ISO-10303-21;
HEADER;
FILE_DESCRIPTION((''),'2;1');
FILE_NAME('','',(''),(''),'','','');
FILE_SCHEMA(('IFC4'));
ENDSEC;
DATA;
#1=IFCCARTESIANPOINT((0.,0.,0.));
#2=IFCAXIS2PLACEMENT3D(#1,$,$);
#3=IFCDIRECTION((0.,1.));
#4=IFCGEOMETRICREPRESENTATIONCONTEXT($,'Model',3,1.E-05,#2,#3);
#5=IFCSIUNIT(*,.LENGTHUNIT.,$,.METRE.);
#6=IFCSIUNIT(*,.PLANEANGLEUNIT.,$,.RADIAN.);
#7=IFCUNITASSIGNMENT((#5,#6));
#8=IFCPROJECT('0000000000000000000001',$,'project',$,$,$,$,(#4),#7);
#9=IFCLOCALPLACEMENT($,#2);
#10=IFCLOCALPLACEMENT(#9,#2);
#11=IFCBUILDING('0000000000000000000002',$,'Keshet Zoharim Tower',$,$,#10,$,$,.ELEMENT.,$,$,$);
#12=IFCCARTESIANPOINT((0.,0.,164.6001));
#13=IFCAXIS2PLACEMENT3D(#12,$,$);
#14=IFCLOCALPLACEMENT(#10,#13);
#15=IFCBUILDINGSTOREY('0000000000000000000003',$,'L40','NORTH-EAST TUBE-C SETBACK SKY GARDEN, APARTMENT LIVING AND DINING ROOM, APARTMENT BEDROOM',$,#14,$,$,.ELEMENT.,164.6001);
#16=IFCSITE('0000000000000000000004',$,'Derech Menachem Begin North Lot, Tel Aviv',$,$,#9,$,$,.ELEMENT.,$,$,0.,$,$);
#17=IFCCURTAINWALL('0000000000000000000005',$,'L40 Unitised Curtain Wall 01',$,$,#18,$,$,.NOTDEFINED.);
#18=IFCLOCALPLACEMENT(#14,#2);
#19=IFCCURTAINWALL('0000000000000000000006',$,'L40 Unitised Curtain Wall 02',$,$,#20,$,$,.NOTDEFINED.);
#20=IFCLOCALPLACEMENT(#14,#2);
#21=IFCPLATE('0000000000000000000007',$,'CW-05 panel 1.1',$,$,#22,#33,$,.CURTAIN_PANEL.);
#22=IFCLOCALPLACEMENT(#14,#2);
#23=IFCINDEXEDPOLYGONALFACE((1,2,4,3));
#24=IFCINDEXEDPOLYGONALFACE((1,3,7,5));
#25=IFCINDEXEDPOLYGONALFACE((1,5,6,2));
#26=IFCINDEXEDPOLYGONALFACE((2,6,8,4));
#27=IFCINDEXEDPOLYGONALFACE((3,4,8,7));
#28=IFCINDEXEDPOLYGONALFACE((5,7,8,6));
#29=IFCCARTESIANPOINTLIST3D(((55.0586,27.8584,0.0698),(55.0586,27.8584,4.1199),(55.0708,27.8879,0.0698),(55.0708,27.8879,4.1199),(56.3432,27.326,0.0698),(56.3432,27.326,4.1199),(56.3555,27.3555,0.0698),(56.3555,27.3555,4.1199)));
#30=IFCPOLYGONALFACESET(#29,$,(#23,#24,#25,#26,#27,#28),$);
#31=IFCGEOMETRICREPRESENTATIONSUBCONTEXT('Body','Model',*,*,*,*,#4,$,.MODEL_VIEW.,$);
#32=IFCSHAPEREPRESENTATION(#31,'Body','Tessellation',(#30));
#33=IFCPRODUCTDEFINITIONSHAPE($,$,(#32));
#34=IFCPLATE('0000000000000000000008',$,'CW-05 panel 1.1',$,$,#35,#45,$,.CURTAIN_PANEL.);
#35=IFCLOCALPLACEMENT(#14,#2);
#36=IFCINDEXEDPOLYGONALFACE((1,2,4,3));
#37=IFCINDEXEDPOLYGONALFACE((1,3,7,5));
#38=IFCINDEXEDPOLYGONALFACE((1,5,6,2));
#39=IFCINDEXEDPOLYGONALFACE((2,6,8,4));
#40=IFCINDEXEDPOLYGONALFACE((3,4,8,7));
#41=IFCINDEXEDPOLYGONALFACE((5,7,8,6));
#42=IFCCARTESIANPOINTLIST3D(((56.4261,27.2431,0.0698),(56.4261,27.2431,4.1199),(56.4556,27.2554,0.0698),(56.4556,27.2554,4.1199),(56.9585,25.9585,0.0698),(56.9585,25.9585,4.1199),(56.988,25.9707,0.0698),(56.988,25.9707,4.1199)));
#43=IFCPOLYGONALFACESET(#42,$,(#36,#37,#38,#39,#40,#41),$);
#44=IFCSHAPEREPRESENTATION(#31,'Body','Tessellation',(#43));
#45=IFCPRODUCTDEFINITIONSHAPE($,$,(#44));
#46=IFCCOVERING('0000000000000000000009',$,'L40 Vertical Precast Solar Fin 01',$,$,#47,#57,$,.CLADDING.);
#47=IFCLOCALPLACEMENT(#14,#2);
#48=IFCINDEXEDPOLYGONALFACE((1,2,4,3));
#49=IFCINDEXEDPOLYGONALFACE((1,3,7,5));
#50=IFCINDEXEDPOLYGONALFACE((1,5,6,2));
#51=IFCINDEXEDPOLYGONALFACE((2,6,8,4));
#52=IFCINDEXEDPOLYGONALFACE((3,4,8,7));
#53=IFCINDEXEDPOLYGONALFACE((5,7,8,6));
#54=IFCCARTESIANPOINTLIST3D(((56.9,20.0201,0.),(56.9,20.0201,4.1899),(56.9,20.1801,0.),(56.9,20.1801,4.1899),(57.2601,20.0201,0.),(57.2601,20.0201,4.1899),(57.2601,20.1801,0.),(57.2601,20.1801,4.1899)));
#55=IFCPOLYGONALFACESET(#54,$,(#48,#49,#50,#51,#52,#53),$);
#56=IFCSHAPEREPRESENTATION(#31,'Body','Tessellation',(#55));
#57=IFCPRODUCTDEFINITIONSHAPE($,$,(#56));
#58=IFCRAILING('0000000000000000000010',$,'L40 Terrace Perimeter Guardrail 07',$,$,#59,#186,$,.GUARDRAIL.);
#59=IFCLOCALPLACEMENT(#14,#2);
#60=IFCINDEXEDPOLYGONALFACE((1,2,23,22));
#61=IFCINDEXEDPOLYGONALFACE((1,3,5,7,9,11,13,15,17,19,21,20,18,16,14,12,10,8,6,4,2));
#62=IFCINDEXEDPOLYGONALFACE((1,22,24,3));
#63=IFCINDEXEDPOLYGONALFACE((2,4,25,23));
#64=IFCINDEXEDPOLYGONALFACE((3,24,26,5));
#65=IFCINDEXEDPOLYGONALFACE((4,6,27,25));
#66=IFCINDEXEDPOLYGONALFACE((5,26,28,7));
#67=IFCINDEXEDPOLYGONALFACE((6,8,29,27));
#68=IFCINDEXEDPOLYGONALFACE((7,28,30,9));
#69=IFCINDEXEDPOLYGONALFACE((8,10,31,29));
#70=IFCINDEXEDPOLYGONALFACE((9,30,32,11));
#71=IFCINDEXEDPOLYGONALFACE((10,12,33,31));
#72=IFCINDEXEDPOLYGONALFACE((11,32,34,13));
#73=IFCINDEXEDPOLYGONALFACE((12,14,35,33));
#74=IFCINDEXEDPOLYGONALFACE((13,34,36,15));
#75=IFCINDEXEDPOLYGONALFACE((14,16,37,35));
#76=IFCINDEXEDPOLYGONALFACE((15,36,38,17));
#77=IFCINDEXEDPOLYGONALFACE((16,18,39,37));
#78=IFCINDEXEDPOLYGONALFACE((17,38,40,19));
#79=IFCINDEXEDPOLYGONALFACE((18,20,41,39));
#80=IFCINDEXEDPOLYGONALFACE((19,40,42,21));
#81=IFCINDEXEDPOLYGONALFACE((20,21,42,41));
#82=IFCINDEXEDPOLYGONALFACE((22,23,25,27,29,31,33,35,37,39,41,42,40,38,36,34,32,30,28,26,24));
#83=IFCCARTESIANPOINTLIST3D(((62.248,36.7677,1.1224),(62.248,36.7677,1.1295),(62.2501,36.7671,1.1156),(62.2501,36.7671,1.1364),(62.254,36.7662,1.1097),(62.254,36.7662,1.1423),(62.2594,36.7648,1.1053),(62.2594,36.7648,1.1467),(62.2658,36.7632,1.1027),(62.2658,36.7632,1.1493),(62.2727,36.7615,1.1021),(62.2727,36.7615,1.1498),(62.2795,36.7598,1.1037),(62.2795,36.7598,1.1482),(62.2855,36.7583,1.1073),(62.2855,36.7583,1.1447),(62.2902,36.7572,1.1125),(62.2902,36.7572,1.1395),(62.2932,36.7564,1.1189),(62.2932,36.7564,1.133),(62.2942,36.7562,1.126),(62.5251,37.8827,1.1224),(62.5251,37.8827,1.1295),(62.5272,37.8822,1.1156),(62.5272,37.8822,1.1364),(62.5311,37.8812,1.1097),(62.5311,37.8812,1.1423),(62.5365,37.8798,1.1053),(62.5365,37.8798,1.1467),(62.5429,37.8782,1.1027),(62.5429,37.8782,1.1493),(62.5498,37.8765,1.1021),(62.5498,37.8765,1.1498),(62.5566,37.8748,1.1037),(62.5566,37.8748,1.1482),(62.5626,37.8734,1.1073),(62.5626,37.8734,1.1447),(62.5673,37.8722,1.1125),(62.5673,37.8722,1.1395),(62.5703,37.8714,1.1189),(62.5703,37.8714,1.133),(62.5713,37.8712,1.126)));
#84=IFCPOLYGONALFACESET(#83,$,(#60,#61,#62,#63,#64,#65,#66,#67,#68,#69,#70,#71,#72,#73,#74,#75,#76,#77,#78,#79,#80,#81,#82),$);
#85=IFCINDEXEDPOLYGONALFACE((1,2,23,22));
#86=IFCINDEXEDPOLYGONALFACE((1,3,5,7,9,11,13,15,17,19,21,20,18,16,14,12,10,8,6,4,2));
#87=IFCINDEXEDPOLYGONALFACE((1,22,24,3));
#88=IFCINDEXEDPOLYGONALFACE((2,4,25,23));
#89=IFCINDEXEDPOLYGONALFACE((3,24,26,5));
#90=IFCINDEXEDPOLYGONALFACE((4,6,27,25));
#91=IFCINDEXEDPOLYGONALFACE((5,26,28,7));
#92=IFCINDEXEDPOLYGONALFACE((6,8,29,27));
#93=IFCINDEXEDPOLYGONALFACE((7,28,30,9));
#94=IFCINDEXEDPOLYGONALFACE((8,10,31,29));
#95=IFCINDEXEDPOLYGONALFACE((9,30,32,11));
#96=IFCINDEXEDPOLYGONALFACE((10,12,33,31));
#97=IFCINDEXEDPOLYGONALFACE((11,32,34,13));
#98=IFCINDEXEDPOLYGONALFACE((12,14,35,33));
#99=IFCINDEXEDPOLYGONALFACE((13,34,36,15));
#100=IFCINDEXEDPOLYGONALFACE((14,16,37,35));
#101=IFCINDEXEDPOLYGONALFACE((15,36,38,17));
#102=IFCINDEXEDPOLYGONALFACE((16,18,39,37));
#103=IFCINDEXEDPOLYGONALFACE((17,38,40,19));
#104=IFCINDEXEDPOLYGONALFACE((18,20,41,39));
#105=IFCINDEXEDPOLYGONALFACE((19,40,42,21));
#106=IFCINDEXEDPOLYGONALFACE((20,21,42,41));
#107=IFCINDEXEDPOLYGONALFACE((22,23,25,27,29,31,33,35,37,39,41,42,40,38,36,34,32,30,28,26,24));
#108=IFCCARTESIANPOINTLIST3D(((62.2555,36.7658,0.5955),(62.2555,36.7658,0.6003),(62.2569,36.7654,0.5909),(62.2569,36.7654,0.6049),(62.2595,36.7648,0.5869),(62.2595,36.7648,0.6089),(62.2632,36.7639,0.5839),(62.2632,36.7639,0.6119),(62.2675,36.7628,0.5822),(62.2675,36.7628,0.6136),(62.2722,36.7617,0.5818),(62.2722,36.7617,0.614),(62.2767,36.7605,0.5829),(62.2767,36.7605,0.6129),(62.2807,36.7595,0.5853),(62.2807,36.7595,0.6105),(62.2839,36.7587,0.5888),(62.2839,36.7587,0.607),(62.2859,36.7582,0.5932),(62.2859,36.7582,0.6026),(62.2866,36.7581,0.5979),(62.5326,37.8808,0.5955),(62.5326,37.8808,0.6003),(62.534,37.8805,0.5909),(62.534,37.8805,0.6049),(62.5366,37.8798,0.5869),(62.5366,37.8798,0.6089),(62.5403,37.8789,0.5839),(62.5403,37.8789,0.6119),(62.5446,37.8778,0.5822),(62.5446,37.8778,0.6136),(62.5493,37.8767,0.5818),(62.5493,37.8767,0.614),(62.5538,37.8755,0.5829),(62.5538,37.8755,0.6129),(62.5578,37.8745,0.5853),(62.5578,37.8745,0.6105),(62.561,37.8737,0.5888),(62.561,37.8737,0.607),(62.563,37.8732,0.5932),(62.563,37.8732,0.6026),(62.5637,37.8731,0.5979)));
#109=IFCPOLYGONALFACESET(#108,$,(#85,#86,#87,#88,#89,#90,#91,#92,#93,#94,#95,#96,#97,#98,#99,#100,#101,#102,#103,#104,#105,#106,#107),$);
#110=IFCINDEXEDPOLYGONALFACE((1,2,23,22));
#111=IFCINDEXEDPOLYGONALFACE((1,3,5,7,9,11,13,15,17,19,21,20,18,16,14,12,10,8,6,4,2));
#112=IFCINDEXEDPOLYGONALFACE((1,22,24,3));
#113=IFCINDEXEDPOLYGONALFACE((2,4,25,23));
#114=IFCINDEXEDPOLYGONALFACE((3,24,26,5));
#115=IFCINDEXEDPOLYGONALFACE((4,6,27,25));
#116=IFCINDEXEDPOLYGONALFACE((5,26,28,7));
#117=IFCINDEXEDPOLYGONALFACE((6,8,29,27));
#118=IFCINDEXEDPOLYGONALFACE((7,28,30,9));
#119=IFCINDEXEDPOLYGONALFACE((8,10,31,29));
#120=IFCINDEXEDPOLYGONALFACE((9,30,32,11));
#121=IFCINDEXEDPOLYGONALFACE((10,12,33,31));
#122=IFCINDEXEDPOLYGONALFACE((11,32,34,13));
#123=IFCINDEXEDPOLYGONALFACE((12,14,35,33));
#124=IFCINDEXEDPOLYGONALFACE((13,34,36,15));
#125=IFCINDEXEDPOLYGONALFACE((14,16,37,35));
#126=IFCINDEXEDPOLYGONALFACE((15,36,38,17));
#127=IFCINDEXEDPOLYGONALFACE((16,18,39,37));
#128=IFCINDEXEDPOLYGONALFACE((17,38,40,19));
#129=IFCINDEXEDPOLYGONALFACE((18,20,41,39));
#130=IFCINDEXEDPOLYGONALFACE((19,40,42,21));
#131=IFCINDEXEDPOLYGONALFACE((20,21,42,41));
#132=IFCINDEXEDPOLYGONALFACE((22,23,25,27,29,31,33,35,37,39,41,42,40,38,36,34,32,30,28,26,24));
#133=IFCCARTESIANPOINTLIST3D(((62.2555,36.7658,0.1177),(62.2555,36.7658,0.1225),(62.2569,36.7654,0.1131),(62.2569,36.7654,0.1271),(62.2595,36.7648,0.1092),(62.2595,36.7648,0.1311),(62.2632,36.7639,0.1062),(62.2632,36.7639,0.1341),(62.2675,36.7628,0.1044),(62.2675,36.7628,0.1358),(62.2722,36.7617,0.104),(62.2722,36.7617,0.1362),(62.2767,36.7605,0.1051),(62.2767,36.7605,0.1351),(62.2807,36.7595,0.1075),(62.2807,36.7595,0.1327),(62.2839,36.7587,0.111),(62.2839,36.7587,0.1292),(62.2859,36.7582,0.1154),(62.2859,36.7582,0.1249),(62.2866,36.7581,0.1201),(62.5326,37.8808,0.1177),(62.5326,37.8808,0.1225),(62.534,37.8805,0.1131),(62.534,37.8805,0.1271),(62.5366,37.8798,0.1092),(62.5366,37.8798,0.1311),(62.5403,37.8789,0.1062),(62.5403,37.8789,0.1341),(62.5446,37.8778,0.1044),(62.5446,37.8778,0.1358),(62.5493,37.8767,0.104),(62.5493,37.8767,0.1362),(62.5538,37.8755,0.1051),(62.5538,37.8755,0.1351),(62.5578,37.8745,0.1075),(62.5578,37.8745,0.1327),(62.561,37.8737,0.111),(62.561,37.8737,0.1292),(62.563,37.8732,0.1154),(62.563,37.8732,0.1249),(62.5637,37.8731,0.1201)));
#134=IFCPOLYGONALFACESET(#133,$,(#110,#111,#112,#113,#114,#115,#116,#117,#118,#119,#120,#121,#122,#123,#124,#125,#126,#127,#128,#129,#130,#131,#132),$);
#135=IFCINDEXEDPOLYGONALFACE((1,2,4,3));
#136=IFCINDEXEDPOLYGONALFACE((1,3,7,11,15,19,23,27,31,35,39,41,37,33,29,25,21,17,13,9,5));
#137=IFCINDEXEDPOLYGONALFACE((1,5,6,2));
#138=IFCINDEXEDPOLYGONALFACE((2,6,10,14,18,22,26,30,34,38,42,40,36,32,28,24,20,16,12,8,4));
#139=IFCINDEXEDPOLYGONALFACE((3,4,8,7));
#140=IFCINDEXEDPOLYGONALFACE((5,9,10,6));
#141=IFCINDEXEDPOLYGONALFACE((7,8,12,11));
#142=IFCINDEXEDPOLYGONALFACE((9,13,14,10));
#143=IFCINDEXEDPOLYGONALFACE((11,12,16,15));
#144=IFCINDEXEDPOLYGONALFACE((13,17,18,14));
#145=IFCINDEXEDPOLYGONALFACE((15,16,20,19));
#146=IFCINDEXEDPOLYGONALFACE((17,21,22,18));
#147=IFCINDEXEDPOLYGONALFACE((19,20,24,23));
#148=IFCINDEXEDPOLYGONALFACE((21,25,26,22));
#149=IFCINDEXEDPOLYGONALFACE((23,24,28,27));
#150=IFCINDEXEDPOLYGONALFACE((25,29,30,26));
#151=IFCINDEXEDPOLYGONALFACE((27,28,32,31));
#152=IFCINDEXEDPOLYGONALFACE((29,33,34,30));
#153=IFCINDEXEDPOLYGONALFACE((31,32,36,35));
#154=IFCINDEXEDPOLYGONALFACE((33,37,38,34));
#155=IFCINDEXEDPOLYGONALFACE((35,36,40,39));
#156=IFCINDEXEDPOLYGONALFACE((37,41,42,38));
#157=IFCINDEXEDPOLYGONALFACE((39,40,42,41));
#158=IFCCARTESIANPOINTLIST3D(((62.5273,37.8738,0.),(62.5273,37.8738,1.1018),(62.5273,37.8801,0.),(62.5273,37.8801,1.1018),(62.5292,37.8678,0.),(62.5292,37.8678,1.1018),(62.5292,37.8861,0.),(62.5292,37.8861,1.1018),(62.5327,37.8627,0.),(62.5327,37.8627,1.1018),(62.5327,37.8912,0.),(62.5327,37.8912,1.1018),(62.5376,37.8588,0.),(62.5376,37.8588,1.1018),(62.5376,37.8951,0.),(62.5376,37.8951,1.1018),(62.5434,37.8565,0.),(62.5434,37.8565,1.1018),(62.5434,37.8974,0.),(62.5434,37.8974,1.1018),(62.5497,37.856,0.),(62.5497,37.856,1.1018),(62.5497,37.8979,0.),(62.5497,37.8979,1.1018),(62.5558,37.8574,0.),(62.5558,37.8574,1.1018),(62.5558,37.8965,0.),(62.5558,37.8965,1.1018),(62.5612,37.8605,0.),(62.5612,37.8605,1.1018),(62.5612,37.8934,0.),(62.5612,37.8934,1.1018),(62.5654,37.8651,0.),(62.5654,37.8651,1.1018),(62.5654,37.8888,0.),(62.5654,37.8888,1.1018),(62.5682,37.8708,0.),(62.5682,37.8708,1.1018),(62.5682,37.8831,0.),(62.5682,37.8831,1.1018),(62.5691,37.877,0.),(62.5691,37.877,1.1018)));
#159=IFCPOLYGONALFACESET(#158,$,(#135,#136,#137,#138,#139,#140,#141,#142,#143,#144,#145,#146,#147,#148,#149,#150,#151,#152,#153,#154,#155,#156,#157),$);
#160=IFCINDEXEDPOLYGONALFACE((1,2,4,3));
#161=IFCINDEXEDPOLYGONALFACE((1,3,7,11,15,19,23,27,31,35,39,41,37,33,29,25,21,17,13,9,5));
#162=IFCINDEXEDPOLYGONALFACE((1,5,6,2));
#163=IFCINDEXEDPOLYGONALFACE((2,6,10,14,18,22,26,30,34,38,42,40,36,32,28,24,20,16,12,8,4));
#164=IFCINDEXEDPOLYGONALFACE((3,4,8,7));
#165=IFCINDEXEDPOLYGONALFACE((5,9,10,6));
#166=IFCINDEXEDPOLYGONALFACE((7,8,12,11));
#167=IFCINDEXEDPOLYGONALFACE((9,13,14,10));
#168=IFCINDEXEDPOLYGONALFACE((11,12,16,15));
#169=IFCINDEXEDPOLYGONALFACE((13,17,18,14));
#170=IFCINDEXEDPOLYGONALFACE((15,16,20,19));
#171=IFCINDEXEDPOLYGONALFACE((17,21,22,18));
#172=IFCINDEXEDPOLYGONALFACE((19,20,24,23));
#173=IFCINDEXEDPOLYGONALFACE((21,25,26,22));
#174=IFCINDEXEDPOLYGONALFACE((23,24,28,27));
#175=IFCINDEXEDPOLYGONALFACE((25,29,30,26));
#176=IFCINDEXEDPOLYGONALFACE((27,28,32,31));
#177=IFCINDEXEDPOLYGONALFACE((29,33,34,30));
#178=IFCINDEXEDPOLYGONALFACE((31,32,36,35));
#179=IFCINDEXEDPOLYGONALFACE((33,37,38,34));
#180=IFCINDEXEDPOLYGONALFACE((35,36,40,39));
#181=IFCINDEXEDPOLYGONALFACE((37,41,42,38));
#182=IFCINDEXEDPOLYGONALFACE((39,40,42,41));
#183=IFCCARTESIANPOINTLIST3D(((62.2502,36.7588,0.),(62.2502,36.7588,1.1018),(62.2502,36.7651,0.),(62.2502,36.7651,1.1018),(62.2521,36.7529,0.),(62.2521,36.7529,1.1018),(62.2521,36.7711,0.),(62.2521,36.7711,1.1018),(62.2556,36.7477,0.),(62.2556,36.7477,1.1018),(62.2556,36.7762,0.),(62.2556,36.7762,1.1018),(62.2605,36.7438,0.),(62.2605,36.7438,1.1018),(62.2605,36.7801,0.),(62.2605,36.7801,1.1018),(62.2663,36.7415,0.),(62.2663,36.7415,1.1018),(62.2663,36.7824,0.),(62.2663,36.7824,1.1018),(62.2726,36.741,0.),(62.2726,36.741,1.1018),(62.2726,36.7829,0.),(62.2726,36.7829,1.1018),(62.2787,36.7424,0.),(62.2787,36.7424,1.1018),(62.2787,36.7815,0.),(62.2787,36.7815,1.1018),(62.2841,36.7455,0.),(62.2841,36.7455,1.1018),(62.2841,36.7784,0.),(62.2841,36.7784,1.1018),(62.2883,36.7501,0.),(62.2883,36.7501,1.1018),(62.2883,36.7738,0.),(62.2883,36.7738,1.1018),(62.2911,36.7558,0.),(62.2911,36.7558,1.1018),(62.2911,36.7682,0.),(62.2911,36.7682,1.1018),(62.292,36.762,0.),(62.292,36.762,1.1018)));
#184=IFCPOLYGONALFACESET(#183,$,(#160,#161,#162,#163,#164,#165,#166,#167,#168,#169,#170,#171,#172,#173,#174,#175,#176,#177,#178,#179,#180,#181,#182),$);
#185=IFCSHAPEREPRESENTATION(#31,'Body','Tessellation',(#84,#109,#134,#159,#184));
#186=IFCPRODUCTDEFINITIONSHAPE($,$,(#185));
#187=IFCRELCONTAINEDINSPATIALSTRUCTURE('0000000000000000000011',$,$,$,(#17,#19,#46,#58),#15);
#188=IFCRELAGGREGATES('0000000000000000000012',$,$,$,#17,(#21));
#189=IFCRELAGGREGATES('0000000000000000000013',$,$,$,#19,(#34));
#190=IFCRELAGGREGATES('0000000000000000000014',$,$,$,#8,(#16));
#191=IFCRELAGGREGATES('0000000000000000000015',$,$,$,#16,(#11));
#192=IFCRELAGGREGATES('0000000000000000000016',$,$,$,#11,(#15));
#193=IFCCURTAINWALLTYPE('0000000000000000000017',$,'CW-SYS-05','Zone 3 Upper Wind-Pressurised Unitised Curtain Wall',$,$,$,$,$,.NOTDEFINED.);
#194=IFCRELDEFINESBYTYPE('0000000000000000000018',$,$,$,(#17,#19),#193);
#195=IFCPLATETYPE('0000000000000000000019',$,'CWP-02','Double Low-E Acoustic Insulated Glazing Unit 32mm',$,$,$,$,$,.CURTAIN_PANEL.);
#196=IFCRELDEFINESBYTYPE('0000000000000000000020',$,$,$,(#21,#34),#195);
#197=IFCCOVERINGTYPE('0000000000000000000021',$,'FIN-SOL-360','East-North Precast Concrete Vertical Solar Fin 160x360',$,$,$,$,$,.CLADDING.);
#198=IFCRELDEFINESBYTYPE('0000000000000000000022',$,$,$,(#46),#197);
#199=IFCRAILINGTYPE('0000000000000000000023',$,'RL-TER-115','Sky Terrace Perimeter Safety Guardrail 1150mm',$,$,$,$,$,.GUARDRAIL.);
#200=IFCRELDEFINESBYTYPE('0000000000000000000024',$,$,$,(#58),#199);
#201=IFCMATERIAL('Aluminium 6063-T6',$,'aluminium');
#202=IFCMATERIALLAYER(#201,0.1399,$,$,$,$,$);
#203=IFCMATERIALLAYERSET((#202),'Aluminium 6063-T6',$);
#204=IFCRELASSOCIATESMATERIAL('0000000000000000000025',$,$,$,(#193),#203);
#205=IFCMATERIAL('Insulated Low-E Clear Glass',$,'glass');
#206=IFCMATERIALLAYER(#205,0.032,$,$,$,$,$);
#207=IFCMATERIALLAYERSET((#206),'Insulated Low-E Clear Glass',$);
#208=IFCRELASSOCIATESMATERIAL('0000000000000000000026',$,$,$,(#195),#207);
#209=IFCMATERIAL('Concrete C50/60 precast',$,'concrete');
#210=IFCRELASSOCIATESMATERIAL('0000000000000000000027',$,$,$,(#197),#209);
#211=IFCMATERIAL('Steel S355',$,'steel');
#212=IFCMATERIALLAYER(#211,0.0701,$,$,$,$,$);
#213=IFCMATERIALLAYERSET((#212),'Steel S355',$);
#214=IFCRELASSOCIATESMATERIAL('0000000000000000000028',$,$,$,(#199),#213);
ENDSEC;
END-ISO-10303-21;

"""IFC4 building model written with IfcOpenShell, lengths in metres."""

from ifc_helpers import new_model, si_unit, direction, frame, origin, origin_2d, place, context, subcontext, project, spatial, rectangle, circle, extrude, material, layer, layer_set, type_object, element, aggregate, save


model = new_model("IFC4")

# Units and contexts
model_context = context("Model", 3, precision=1e-05, world=origin(), true_north=direction((0.0, 1.0)))
body_context = subcontext(model_context, "Body", "Model", "MODEL_VIEW")
ifc_project = project(units=[si_unit("LENGTHUNIT", "METRE"), si_unit("PLANEANGLEUNIT", "RADIAN")], contexts=[model_context])

# Site, building, storey
site_placement = place(None, origin())
site = spatial("IfcSite", under=ifc_project, at=site_placement, Name="Derech Menachem Begin North Lot, Tel Aviv", CompositionType="ELEMENT", RefElevation=0.0)
building_placement = place(site_placement, origin())
building = spatial("IfcBuilding", under=site, at=building_placement, Name="Keshet Zoharim Tower", CompositionType="ELEMENT")
storey_placement = place(building_placement, frame((0.0, 0.0, 164.6001)))
storey = spatial("IfcBuildingStorey", under=building, at=storey_placement, Name="L40", Description="NORTH-EAST TUBE-C SETBACK SKY GARDEN, APARTMENT LIVING AND DINING ROOM, APARTMENT BEDROOM", CompositionType="ELEMENT", Elevation=164.6001)

# Shared definitions
ifc_material_1 = material(Name="Steel S355", Category="steel")

# Curtain wall
ifc_material_2 = material(Name="Aluminium 6063-T6", Category="aluminium")
ifc_layer_1 = layer(ifc_material_2, 0.1399)
ifc_layer_set_1 = layer_set([ifc_layer_1], Name="Aluminium 6063-T6")
curtain_wall_type = type_object("IfcCurtainWallType", Name="CW-SYS-05", Description="Zone 3 Upper Wind-Pressurised Unitised Curtain Wall", PredefinedType="NOTDEFINED", material=ifc_layer_set_1)
curtain_wall_1_placement = place(storey_placement, origin())
curtain_wall_1 = element("IfcCurtainWall", 1, at=curtain_wall_1_placement, inside=storey, type_object=curtain_wall_type, Name="L40 Unitised Curtain Wall 01", PredefinedType="NOTDEFINED")

# Curtain wall
curtain_wall_2_placement = place(storey_placement, origin())
curtain_wall_2 = element("IfcCurtainWall", 2, at=curtain_wall_2_placement, inside=storey, type_object=curtain_wall_type, Name="L40 Unitised Curtain Wall 02", PredefinedType="NOTDEFINED")

# Plates
ifc_material_3 = material(Name="Insulated Low-E Clear Glass", Category="glass")
ifc_layer_2 = layer(ifc_material_3, 0.032)
ifc_layer_set_2 = layer_set([ifc_layer_2], Name="Insulated Low-E Clear Glass")
plate_type = type_object("IfcPlateType", Name="CWP-02", Description="Double Low-E Acoustic Insulated Glazing Unit 32mm", PredefinedType="CURTAIN_PANEL", material=ifc_layer_set_2)
plate_1_placement = place(storey_placement, frame((55.707, 27.6069, 0.0698), z_axis=(0.0, 0.0, 1.0), x_axis=(0.92381, -0.382852, 0.0)))
plate_1 = element("IfcPlate", 3, at=plate_1_placement, type_object=plate_type, Name="CW-05 panel 1.1", PredefinedType="CURTAIN_PANEL", context=body_context, shape_type="SweptSolid", body=[
    extrude(rectangle(XDim=1.3906, YDim=0.032, at=origin_2d()), origin(), (0.0, 0.0, 1.0), 4.05),
])
aggregate(curtain_wall_1, [plate_1])
plate_2_placement = place(storey_placement, frame((56.707, 26.6069, 0.0698), z_axis=(0.0, 0.0, 1.0), x_axis=(0.382852, -0.92381, 0.0)))
plate_2 = element("IfcPlate", 4, at=plate_2_placement, type_object=plate_type, Name="CW-05 panel 1.1", PredefinedType="CURTAIN_PANEL", context=body_context, shape_type="SweptSolid", body=[
    extrude(rectangle(XDim=1.3906, YDim=0.032, at=origin_2d()), origin(), (0.0, 0.0, 1.0), 4.05),
])
aggregate(curtain_wall_2, [plate_2])

# Covering
ifc_material_4 = material(Name="Concrete C50/60 precast", Category="concrete")
covering_type = type_object("IfcCoveringType", Name="FIN-SOL-360", Description="East-North Precast Concrete Vertical Solar Fin 160x360", PredefinedType="CLADDING", material=ifc_material_4)
covering_placement = place(storey_placement, frame((57.0801, 20.1001, 0.0), z_axis=(0.0, 0.0, 1.0), x_axis=(0.0, -1.0, 0.0)))
element("IfcCovering", 5, at=covering_placement, inside=storey, type_object=covering_type, Name="L40 Vertical Precast Solar Fin 01", PredefinedType="CLADDING", context=body_context, shape_type="SweptSolid", body=[
    extrude(rectangle(XDim=0.1599, YDim=0.3601, at=origin_2d()), origin(), (0.0, 0.0, 1.0), 4.1899),
])

# Railing
ifc_layer_3 = layer(ifc_material_1, 0.0701)
ifc_layer_set_3 = layer_set([ifc_layer_3], Name="Steel S355")
railing_type = type_object("IfcRailingType", Name="RL-TER-115", Description="Sky Terrace Perimeter Safety Guardrail 1150mm", PredefinedType="GUARDRAIL", material=ifc_layer_set_3)
railing_1_placement = place(storey_placement, frame((62.5481, 37.877, 0.0)))
element("IfcRailing", 6, at=railing_1_placement, inside=storey, type_object=railing_type, Name="L40 Terrace Perimeter Guardrail 07", PredefinedType="GUARDRAIL", context=body_context, shape_type="SweptSolid", body=[
    extrude(circle(Radius=0.0239, at=origin_2d()), frame((0.0, 0.0, 1.126), z_axis=(-0.241185, -0.970479, 0.0), x_axis=(0.970479, -0.241185, 0.0)), (0.0, 0.0, 1.0), 1.1489),
    extrude(circle(Radius=0.0161, at=origin_2d()), frame((0.0, 0.0, 0.5979), z_axis=(-0.241185, -0.970479, 0.0), x_axis=(0.970479, -0.241185, 0.0)), (0.0, 0.0, 1.0), 1.1489),
    extrude(circle(Radius=0.0161, at=origin_2d()), frame((0.0, 0.0, 0.1201), z_axis=(-0.241185, -0.970479, 0.0), x_axis=(0.970479, -0.241185, 0.0)), (0.0, 0.0, 1.0), 1.1489),
    extrude(circle(Radius=0.021, at=origin_2d()), origin(), (0.0, 0.0, 1.0), 1.1018),
    extrude(circle(Radius=0.021, at=origin_2d()), frame((-0.2771, -1.115, 0.0)), (0.0, 0.0, 1.0), 1.1018),
])

save(model, "model.ifc")
